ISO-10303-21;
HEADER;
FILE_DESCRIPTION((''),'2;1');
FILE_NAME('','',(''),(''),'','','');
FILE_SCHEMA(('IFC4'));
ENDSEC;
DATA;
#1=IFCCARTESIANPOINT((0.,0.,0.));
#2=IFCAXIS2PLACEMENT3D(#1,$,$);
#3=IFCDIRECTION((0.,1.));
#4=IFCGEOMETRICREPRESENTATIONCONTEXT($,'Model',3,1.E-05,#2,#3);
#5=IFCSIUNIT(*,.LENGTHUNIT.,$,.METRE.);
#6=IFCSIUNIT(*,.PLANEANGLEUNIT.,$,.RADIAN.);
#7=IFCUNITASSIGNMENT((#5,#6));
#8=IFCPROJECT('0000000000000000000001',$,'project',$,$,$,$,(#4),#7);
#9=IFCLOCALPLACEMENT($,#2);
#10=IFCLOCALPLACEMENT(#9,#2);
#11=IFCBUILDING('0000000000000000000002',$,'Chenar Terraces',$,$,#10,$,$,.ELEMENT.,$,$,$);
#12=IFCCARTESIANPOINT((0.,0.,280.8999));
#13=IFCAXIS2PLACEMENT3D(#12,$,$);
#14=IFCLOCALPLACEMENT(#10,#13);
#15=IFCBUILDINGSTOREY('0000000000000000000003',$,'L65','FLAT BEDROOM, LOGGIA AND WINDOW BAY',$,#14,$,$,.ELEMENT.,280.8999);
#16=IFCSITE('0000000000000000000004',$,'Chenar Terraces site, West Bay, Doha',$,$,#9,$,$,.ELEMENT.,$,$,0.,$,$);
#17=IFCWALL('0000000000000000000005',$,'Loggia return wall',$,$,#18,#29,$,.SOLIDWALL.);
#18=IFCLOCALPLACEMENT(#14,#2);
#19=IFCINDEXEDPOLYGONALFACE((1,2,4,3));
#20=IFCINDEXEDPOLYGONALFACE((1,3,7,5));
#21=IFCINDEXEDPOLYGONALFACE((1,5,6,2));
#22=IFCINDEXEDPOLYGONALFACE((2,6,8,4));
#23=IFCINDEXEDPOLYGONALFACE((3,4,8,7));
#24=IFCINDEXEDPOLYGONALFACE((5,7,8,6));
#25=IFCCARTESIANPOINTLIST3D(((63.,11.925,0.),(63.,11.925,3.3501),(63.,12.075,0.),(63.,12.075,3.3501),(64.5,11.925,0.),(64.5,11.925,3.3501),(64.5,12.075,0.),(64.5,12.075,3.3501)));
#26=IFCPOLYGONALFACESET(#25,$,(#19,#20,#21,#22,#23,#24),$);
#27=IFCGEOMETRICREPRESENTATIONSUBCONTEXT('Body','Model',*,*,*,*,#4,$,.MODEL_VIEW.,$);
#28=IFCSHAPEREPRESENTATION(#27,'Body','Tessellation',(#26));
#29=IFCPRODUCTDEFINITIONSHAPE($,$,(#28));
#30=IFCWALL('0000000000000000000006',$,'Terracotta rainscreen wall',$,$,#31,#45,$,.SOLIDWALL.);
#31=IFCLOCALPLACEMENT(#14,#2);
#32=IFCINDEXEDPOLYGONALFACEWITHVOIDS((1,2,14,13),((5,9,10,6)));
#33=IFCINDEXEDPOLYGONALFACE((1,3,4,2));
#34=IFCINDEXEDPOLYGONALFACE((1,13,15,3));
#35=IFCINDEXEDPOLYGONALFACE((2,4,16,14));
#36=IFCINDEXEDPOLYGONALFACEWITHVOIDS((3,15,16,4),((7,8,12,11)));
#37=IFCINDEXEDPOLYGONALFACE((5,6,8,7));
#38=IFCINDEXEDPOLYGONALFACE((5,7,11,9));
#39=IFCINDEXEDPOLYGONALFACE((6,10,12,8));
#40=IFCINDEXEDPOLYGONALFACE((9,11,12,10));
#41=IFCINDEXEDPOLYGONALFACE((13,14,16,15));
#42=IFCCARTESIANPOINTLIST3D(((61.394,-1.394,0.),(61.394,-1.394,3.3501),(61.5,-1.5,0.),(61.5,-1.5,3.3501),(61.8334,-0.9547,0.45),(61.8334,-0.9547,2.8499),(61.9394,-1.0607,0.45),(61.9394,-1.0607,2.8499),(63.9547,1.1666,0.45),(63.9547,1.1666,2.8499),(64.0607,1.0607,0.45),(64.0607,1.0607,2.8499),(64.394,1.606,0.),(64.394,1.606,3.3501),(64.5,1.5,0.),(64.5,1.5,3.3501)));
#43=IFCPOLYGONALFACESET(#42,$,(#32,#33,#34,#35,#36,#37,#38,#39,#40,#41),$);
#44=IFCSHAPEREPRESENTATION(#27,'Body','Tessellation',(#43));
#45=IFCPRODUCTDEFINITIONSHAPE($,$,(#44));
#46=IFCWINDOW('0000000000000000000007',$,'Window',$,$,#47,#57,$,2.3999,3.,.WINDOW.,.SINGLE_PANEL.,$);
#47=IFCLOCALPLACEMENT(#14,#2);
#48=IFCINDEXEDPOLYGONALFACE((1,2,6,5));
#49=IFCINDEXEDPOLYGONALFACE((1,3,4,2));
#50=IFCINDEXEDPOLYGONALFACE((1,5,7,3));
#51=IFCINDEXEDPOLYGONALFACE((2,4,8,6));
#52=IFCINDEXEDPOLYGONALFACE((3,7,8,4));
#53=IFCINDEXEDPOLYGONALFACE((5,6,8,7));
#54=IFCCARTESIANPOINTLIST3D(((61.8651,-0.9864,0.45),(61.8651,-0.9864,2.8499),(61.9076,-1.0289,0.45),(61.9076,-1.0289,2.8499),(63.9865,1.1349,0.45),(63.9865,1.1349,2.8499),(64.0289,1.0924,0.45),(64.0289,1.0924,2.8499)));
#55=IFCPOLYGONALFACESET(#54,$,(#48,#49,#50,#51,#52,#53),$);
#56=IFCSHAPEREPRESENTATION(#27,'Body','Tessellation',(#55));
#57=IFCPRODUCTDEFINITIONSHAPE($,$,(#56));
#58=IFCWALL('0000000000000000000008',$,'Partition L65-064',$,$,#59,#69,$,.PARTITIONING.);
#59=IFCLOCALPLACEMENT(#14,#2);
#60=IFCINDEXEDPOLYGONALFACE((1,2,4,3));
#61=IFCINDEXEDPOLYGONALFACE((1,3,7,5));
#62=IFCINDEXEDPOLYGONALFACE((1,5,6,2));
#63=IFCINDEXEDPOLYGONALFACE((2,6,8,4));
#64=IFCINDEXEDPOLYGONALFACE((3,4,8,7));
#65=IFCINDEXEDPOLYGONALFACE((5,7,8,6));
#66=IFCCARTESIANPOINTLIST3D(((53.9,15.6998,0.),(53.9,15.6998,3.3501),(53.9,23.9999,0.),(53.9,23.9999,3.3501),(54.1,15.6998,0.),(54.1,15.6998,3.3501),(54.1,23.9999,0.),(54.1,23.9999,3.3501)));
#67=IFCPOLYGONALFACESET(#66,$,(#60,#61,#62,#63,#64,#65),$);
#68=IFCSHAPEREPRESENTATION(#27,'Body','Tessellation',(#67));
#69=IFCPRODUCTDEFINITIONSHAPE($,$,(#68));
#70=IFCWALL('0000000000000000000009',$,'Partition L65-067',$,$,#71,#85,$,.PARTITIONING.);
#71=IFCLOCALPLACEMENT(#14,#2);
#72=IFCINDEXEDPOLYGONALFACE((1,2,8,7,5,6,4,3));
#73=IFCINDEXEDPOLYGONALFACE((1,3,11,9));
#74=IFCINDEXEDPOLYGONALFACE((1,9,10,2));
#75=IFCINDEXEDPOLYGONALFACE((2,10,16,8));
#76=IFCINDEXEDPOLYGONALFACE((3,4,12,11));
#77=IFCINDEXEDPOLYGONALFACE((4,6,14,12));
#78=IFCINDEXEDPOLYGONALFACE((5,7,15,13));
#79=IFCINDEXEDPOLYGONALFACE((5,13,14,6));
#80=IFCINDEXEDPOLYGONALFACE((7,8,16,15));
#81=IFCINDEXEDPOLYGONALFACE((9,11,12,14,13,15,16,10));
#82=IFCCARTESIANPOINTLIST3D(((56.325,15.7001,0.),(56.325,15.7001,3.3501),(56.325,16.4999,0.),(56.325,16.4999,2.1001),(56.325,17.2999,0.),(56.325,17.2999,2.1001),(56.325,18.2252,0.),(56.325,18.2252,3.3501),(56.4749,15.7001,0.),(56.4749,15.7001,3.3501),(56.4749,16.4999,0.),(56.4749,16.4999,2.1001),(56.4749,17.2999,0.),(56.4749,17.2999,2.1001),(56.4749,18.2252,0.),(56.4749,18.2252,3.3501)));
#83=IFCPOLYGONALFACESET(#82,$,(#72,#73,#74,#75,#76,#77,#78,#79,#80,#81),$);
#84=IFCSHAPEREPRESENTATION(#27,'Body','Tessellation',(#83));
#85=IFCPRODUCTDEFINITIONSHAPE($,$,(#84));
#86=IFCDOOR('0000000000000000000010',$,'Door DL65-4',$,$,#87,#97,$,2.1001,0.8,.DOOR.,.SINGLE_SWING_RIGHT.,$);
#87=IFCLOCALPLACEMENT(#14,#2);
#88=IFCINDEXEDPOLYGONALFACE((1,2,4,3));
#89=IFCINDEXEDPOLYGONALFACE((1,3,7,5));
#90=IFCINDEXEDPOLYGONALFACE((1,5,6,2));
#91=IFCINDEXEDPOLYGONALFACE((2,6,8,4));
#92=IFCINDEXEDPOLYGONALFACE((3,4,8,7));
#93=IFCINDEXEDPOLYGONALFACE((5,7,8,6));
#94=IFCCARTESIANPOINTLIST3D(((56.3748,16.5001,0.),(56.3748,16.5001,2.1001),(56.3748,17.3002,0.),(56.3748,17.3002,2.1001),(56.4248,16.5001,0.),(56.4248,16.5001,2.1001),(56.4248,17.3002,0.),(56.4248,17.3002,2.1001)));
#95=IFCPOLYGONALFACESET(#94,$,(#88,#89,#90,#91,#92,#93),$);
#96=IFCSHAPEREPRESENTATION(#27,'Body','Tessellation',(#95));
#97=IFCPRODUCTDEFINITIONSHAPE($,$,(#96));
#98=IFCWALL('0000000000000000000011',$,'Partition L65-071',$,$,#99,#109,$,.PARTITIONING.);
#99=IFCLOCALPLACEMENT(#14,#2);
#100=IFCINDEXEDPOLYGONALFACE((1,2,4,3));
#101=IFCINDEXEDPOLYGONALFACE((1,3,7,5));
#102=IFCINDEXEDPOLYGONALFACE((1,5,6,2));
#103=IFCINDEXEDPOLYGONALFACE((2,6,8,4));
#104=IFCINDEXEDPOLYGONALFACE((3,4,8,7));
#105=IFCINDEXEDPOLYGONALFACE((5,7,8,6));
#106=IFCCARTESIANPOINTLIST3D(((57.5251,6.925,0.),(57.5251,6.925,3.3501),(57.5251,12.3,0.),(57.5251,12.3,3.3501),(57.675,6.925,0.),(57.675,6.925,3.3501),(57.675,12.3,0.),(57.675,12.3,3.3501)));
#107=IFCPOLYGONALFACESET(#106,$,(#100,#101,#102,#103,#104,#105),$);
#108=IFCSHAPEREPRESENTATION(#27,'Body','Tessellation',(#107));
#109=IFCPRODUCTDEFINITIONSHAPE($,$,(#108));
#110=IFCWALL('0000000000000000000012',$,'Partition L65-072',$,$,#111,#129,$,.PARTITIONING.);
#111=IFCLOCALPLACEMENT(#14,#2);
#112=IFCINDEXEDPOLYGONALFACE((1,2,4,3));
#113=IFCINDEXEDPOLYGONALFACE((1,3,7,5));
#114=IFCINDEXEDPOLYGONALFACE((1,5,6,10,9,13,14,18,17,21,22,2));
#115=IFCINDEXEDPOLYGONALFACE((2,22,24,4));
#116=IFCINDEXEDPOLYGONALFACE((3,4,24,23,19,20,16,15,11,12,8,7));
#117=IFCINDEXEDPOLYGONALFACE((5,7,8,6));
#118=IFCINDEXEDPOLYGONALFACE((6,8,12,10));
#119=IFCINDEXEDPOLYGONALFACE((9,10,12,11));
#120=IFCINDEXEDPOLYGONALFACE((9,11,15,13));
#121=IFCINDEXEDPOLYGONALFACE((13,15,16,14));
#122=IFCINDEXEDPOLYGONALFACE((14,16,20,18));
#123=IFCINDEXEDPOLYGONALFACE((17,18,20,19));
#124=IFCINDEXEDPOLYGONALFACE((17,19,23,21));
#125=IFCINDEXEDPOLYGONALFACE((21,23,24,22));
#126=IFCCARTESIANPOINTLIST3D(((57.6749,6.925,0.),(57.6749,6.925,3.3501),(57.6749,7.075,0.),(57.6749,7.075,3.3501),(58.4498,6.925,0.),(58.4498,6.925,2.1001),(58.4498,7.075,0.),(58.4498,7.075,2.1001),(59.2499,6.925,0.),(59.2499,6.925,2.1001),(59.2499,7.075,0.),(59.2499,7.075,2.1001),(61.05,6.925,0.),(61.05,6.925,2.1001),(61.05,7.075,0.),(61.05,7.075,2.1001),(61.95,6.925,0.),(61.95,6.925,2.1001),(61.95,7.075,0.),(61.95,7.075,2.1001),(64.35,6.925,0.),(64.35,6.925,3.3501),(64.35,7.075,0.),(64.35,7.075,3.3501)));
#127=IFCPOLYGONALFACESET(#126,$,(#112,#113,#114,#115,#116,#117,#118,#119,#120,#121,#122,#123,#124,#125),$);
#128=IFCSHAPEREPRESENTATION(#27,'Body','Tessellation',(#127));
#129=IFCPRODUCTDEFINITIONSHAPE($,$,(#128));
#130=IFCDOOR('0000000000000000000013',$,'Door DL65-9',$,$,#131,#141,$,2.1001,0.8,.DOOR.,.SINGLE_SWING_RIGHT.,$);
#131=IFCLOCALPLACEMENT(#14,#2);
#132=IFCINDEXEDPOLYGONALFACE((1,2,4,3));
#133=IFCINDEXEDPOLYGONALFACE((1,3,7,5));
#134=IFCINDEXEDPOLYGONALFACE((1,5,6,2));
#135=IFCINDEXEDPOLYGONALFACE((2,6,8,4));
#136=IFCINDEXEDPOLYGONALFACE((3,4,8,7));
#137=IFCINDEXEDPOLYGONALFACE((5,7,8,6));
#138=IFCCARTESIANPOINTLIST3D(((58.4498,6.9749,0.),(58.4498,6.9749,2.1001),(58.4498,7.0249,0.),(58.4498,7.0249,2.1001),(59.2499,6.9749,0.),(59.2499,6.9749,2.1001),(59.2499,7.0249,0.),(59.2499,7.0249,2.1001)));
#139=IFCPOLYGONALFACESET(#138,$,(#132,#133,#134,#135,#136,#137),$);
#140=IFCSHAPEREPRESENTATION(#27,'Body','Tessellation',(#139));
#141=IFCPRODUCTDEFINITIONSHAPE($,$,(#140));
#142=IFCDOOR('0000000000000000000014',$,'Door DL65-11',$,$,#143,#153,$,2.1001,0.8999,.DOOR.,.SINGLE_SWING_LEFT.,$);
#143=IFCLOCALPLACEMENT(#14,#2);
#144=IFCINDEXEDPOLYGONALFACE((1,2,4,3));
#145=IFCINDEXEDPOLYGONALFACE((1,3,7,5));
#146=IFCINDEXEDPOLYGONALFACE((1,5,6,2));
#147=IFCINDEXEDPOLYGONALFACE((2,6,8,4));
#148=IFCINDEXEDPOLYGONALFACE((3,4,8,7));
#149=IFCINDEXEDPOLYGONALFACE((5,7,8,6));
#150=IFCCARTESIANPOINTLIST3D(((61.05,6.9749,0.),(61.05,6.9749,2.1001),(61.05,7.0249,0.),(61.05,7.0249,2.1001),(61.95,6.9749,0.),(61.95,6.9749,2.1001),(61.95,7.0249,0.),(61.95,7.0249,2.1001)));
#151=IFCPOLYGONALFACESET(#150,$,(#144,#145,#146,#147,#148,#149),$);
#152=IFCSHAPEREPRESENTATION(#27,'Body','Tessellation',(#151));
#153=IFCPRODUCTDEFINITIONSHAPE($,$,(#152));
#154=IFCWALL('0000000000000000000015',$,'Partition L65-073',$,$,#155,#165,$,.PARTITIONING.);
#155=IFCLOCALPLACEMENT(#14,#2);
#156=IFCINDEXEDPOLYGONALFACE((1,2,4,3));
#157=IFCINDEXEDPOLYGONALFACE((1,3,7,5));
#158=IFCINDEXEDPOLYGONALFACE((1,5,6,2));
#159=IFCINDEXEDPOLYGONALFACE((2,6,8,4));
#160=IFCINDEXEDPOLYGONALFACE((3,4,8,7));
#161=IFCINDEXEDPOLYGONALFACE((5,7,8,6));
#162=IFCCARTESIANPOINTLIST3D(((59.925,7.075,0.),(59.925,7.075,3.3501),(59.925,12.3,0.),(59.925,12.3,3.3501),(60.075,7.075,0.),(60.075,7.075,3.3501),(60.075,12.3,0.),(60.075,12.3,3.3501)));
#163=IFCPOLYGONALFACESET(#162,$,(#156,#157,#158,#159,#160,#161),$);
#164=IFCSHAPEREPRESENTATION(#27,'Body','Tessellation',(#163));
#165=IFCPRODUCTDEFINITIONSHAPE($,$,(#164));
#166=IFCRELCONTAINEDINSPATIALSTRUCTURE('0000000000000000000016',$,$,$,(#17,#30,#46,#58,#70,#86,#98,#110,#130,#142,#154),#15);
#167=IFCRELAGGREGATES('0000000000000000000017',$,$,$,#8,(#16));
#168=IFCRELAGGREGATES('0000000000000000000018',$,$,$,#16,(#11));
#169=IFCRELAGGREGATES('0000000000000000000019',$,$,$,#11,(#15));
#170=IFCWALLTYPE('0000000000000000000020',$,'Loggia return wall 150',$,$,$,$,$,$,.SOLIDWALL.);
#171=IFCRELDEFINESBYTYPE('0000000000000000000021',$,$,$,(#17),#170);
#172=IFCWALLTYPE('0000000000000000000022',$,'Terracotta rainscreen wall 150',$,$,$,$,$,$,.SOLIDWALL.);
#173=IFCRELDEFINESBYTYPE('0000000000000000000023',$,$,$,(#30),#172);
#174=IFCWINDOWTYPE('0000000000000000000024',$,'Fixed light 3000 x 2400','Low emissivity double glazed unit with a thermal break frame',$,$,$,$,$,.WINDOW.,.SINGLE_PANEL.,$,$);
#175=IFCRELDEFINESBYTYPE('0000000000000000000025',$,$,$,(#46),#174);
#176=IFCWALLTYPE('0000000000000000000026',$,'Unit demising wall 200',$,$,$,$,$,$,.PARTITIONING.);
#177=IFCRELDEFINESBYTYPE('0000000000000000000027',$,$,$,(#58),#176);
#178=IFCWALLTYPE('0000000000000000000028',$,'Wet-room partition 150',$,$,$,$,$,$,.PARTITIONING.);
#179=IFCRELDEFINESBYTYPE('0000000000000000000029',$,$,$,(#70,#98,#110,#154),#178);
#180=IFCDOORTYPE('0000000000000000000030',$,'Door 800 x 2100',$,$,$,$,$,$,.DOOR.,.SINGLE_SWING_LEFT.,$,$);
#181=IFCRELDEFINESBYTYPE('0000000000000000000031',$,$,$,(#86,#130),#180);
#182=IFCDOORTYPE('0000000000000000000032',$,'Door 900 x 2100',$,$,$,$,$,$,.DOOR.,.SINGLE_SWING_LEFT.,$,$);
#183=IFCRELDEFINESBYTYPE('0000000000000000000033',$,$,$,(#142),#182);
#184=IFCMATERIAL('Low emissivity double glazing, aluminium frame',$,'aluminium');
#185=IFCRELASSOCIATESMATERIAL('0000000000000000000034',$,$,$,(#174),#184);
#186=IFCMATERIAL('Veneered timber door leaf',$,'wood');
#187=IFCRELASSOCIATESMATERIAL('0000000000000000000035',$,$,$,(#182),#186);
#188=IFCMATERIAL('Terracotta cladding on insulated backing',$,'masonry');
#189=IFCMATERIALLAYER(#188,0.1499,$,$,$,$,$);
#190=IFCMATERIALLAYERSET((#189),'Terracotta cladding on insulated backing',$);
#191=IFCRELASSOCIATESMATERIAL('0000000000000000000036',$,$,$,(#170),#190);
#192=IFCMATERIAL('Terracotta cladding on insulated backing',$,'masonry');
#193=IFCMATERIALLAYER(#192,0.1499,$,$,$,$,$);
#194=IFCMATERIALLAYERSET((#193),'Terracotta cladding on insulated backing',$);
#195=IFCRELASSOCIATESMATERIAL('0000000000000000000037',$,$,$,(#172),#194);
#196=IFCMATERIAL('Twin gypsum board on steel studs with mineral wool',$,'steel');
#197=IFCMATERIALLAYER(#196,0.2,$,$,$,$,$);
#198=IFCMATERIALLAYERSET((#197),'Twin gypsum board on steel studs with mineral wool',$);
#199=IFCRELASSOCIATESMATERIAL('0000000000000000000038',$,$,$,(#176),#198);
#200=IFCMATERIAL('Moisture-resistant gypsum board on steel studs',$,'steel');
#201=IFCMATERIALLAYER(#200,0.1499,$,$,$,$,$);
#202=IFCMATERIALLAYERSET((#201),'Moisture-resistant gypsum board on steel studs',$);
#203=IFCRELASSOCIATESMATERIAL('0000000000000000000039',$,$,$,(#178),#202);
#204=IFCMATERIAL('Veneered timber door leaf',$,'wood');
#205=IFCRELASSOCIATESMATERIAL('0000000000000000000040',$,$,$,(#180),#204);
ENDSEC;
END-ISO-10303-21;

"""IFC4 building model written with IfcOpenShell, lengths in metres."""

from ifc_helpers import new_model, si_unit, direction, frame, frame_2d, origin, place, context, subcontext, project, spatial, rectangle, extrude, material, layer, layer_set, type_object, element, fill, save


model = new_model("IFC4")

# Units and contexts
model_context = context("Model", 3, precision=1e-05, world=origin(), true_north=direction((0.0, 1.0)))
body_context = subcontext(model_context, "Body", "Model", "MODEL_VIEW")
ifc_project = project(units=[si_unit("LENGTHUNIT", "METRE"), si_unit("PLANEANGLEUNIT", "RADIAN")], contexts=[model_context])

# Site, building, storey
site_placement = place(None, origin())
site = spatial("IfcSite", under=ifc_project, at=site_placement, Name="Chenar Terraces site, West Bay, Doha", CompositionType="ELEMENT", RefElevation=0.0)
building_placement = place(site_placement, origin())
building = spatial("IfcBuilding", under=site, at=building_placement, Name="Chenar Terraces", CompositionType="ELEMENT")
storey_placement = place(building_placement, frame((0.0, 0.0, 280.8999)))
storey = spatial("IfcBuildingStorey", under=building, at=storey_placement, Name="L65", Description="FLAT BEDROOM, LOGGIA AND WINDOW BAY", CompositionType="ELEMENT", Elevation=280.8999)

# Shared definitions
ifc_material_1 = material(Name="Low emissivity double glazing, aluminium frame", Category="aluminium")
window_type_1 = type_object("IfcWindowType", Name="Fixed light 3000 x 2400", Description="Low emissivity double glazed unit with a thermal break frame", PartitioningType="SINGLE_PANEL", PredefinedType="WINDOW", material=ifc_material_1)

# Shared definitions
ifc_material_2 = material(Name="Veneered timber door leaf", Category="wood")
door_type_1 = type_object("IfcDoorType", Name="Door 900 x 2100", OperationType="SINGLE_SWING_LEFT", PredefinedType="DOOR", material=ifc_material_2)

# Wall
ifc_material_3 = material(Name="Terracotta cladding on insulated backing", Category="masonry")
ifc_layer_1 = layer(ifc_material_3, 0.1499)
ifc_layer_set_1 = layer_set([ifc_layer_1], Name="Terracotta cladding on insulated backing")
wall_type_1 = type_object("IfcWallType", Name="Loggia return wall 150", PredefinedType="SOLIDWALL", material=ifc_layer_set_1)
wall_1_placement = place(storey_placement, frame((64.5, 12.0, 0.0), z_axis=(0.0, 0.0, 1.0), x_axis=(-1.0, 0.0, 0.0)))
element("IfcWall", 1, at=wall_1_placement, inside=storey, type_object=wall_type_1, Name="Loggia return wall", PredefinedType="SOLIDWALL", context=body_context, shape_type="SweptSolid", body=[
    extrude(rectangle(XDim=1.5, YDim=0.1499, at=frame_2d((0.75, 0.0))), origin(), (0.0, 0.0, 1.0), 3.3501),
])

# Wall, opening, window
ifc_material_4 = material(Name="Terracotta cladding on insulated backing", Category="masonry")
ifc_layer_2 = layer(ifc_material_4, 0.1499)
ifc_layer_set_2 = layer_set([ifc_layer_2], Name="Terracotta cladding on insulated backing")
wall_type_2 = type_object("IfcWallType", Name="Terracotta rainscreen wall 150", PredefinedType="SOLIDWALL", material=ifc_layer_set_2)
wall_2_placement = place(storey_placement, frame((61.447, -1.447, 0.0), z_axis=(0.0, 0.0, 1.0), x_axis=(0.707107, 0.707107, 0.0)))
wall_2 = element("IfcWall", 2, at=wall_2_placement, inside=storey, type_object=wall_type_2, Name="Terracotta rainscreen wall", PredefinedType="SOLIDWALL", context=body_context, shape_type="SweptSolid", body=[
    extrude(rectangle(XDim=4.2427, YDim=0.1499, at=frame_2d((2.1213, 0.0))), origin(), (0.0, 0.0, 1.0), 3.3501),
])
opening_1_placement = place(wall_2_placement, frame((0.6213, 0.0, 0.45)))
opening_1 = element("IfcOpeningElement", 3, at=opening_1_placement, cuts=wall_2, PredefinedType="OPENING", context=body_context, shape_type="SweptSolid", body=[
    extrude(rectangle(XDim=3.0, YDim=2.3999, at=frame_2d((1.5, 1.2))), frame((0.0, 0.085, 0.0), z_axis=(0.0, -1.0, 0.0), x_axis=(1.0, 0.0, 0.0)), (0.0, 0.0, 1.0), 0.1699),
])
window_1_placement = place(opening_1_placement, origin())
window_1 = element("IfcWindow", 4, at=window_1_placement, inside=storey, type_object=window_type_1, Name="Window", OverallHeight=2.3999, OverallWidth=3.0, PartitioningType="SINGLE_PANEL", PredefinedType="WINDOW", context=body_context, shape_type="SweptSolid", body=[
    extrude(rectangle(XDim=3.0, YDim=2.3999, at=frame_2d((1.5, 1.2))), frame((0.0, 0.03, 0.0), z_axis=(0.0, -1.0, 0.0), x_axis=(1.0, 0.0, 0.0)), (0.0, 0.0, 1.0), 0.0601),
])
fill(opening_1, window_1)

# Wall
ifc_material_5 = material(Name="Twin gypsum board on steel studs with mineral wool", Category="steel")
ifc_layer_3 = layer(ifc_material_5, 0.2)
ifc_layer_set_3 = layer_set([ifc_layer_3], Name="Twin gypsum board on steel studs with mineral wool")
wall_type_3 = type_object("IfcWallType", Name="Unit demising wall 200", PredefinedType="PARTITIONING", material=ifc_layer_set_3)
wall_3_placement = place(storey_placement, frame((54.0, 15.7, 0.0), z_axis=(0.0, 0.0, 1.0), x_axis=(0.0, 1.0, 0.0)))
element("IfcWall", 5, at=wall_3_placement, inside=storey, type_object=wall_type_3, Name="Partition L65-064", PredefinedType="PARTITIONING", context=body_context, shape_type="SweptSolid", body=[
    extrude(rectangle(XDim=8.3, YDim=0.2, at=frame_2d((4.1499, 0.0))), origin(), (0.0, 0.0, 1.0), 3.3501),
])

# Wall, opening, door
ifc_material_6 = material(Name="Moisture-resistant gypsum board on steel studs", Category="steel")
ifc_layer_4 = layer(ifc_material_6, 0.1499)
ifc_layer_set_4 = layer_set([ifc_layer_4], Name="Moisture-resistant gypsum board on steel studs")
wall_type_4 = type_object("IfcWallType", Name="Wet-room partition 150", PredefinedType="PARTITIONING", material=ifc_layer_set_4)
wall_4_placement = place(storey_placement, frame((56.3999, 15.7, 0.0), z_axis=(0.0, 0.0, 1.0), x_axis=(0.0, 1.0, 0.0)))
wall_4 = element("IfcWall", 6, at=wall_4_placement, inside=storey, type_object=wall_type_4, Name="Partition L65-067", PredefinedType="PARTITIONING", context=body_context, shape_type="SweptSolid", body=[
    extrude(rectangle(XDim=2.5251, YDim=0.1499, at=frame_2d((1.2627, 0.0))), origin(), (0.0, 0.0, 1.0), 3.3501),
])
opening_2_placement = place(wall_4_placement, frame((0.8, 0.0, 0.0)))
opening_2 = element("IfcOpeningElement", 7, at=opening_2_placement, cuts=wall_4, PredefinedType="OPENING", context=body_context, shape_type="SweptSolid", body=[
    extrude(rectangle(XDim=0.8, YDim=2.1001, at=frame_2d((0.3999, 1.05))), frame((0.0, 0.085, 0.0), z_axis=(0.0, -1.0, 0.0), x_axis=(1.0, 0.0, 0.0)), (0.0, 0.0, 1.0), 0.1699),
])
ifc_material_7 = material(Name="Veneered timber door leaf", Category="wood")
door_type_2 = type_object("IfcDoorType", Name="Door 800 x 2100", OperationType="SINGLE_SWING_LEFT", PredefinedType="DOOR", material=ifc_material_7)
door_1_placement = place(opening_2_placement, frame((0.8, 0.0, 0.0), z_axis=(0.0, 0.0, 1.0), x_axis=(-1.0, 0.0, 0.0)))
door_1 = element("IfcDoor", 8, at=door_1_placement, inside=storey, type_object=door_type_2, Name="Door DL65-4", OperationType="SINGLE_SWING_RIGHT", OverallHeight=2.1001, OverallWidth=0.8, PredefinedType="DOOR", context=body_context, shape_type="SweptSolid", body=[
    extrude(rectangle(XDim=0.8, YDim=2.1001, at=frame_2d((0.3999, 1.05))), frame((0.0, 0.0249, 0.0), z_axis=(0.0, -1.0, 0.0), x_axis=(1.0, 0.0, 0.0)), (0.0, 0.0, 1.0), 0.05),
])
fill(opening_2, door_1)

# Wall
wall_5_placement = place(storey_placement, frame((57.6001, 6.925, 0.0), z_axis=(0.0, 0.0, 1.0), x_axis=(0.0, 1.0, 0.0)))
element("IfcWall", 9, at=wall_5_placement, inside=storey, type_object=wall_type_4, Name="Partition L65-071", PredefinedType="PARTITIONING", context=body_context, shape_type="SweptSolid", body=[
    extrude(rectangle(XDim=5.375, YDim=0.1499, at=frame_2d((2.6875, 0.0))), origin(), (0.0, 0.0, 1.0), 3.3501),
])

# Wall, openings, doors
wall_6_placement = place(storey_placement, frame((57.675, 7.0, 0.0), z_axis=(0.0, 0.0, 1.0), x_axis=(1.0, 0.0, 0.0)))
wall_6 = element("IfcWall", 10, at=wall_6_placement, inside=storey, type_object=wall_type_4, Name="Partition L65-072", PredefinedType="PARTITIONING", context=body_context, shape_type="SweptSolid", body=[
    extrude(rectangle(XDim=6.675, YDim=0.1499, at=frame_2d((3.3374, 0.0))), origin(), (0.0, 0.0, 1.0), 3.3501),
])
opening_3_placement = place(wall_6_placement, frame((0.7749, 0.0, 0.0)))
opening_3 = element("IfcOpeningElement", 11, at=opening_3_placement, cuts=wall_6, PredefinedType="OPENING", context=body_context, shape_type="SweptSolid", body=[
    extrude(rectangle(XDim=0.8, YDim=2.1001, at=frame_2d((0.3999, 1.05))), frame((0.0, 0.085, 0.0), z_axis=(0.0, -1.0, 0.0), x_axis=(1.0, 0.0, 0.0)), (0.0, 0.0, 1.0), 0.1699),
])
opening_4_placement = place(wall_6_placement, frame((3.375, 0.0, 0.0)))
opening_4 = element("IfcOpeningElement", 12, at=opening_4_placement, cuts=wall_6, PredefinedType="OPENING", context=body_context, shape_type="SweptSolid", body=[
    extrude(rectangle(XDim=0.8999, YDim=2.1001, at=frame_2d((0.45, 1.05))), frame((0.0, 0.085, 0.0), z_axis=(0.0, -1.0, 0.0), x_axis=(1.0, 0.0, 0.0)), (0.0, 0.0, 1.0), 0.1699),
])
door_2_placement = place(opening_3_placement, origin())
door_2 = element("IfcDoor", 13, at=door_2_placement, inside=storey, type_object=door_type_2, Name="Door DL65-9", OperationType="SINGLE_SWING_RIGHT", OverallHeight=2.1001, OverallWidth=0.8, PredefinedType="DOOR", context=body_context, shape_type="SweptSolid", body=[
    extrude(rectangle(XDim=0.8, YDim=2.1001, at=frame_2d((0.3999, 1.05))), frame((0.0, 0.0249, 0.0), z_axis=(0.0, -1.0, 0.0), x_axis=(1.0, 0.0, 0.0)), (0.0, 0.0, 1.0), 0.05),
])
fill(opening_3, door_2)
door_3_placement = place(opening_4_placement, origin())
door_3 = element("IfcDoor", 14, at=door_3_placement, inside=storey, type_object=door_type_1, Name="Door DL65-11", OperationType="SINGLE_SWING_LEFT", OverallHeight=2.1001, OverallWidth=0.8999, PredefinedType="DOOR", context=body_context, shape_type="SweptSolid", body=[
    extrude(rectangle(XDim=0.8999, YDim=2.1001, at=frame_2d((0.45, 1.05))), frame((0.0, 0.0249, 0.0), z_axis=(0.0, -1.0, 0.0), x_axis=(1.0, 0.0, 0.0)), (0.0, 0.0, 1.0), 0.05),
])
fill(opening_4, door_3)

# Wall
wall_7_placement = place(storey_placement, frame((60.0, 7.075, 0.0), z_axis=(0.0, 0.0, 1.0), x_axis=(0.0, 1.0, 0.0)))
element("IfcWall", 15, at=wall_7_placement, inside=storey, type_object=wall_type_4, Name="Partition L65-073", PredefinedType="PARTITIONING", context=body_context, shape_type="SweptSolid", body=[
    extrude(rectangle(XDim=5.2251, YDim=0.1499, at=frame_2d((2.6125, 0.0))), origin(), (0.0, 0.0, 1.0), 3.3501),
])

save(model, "model.ifc")
